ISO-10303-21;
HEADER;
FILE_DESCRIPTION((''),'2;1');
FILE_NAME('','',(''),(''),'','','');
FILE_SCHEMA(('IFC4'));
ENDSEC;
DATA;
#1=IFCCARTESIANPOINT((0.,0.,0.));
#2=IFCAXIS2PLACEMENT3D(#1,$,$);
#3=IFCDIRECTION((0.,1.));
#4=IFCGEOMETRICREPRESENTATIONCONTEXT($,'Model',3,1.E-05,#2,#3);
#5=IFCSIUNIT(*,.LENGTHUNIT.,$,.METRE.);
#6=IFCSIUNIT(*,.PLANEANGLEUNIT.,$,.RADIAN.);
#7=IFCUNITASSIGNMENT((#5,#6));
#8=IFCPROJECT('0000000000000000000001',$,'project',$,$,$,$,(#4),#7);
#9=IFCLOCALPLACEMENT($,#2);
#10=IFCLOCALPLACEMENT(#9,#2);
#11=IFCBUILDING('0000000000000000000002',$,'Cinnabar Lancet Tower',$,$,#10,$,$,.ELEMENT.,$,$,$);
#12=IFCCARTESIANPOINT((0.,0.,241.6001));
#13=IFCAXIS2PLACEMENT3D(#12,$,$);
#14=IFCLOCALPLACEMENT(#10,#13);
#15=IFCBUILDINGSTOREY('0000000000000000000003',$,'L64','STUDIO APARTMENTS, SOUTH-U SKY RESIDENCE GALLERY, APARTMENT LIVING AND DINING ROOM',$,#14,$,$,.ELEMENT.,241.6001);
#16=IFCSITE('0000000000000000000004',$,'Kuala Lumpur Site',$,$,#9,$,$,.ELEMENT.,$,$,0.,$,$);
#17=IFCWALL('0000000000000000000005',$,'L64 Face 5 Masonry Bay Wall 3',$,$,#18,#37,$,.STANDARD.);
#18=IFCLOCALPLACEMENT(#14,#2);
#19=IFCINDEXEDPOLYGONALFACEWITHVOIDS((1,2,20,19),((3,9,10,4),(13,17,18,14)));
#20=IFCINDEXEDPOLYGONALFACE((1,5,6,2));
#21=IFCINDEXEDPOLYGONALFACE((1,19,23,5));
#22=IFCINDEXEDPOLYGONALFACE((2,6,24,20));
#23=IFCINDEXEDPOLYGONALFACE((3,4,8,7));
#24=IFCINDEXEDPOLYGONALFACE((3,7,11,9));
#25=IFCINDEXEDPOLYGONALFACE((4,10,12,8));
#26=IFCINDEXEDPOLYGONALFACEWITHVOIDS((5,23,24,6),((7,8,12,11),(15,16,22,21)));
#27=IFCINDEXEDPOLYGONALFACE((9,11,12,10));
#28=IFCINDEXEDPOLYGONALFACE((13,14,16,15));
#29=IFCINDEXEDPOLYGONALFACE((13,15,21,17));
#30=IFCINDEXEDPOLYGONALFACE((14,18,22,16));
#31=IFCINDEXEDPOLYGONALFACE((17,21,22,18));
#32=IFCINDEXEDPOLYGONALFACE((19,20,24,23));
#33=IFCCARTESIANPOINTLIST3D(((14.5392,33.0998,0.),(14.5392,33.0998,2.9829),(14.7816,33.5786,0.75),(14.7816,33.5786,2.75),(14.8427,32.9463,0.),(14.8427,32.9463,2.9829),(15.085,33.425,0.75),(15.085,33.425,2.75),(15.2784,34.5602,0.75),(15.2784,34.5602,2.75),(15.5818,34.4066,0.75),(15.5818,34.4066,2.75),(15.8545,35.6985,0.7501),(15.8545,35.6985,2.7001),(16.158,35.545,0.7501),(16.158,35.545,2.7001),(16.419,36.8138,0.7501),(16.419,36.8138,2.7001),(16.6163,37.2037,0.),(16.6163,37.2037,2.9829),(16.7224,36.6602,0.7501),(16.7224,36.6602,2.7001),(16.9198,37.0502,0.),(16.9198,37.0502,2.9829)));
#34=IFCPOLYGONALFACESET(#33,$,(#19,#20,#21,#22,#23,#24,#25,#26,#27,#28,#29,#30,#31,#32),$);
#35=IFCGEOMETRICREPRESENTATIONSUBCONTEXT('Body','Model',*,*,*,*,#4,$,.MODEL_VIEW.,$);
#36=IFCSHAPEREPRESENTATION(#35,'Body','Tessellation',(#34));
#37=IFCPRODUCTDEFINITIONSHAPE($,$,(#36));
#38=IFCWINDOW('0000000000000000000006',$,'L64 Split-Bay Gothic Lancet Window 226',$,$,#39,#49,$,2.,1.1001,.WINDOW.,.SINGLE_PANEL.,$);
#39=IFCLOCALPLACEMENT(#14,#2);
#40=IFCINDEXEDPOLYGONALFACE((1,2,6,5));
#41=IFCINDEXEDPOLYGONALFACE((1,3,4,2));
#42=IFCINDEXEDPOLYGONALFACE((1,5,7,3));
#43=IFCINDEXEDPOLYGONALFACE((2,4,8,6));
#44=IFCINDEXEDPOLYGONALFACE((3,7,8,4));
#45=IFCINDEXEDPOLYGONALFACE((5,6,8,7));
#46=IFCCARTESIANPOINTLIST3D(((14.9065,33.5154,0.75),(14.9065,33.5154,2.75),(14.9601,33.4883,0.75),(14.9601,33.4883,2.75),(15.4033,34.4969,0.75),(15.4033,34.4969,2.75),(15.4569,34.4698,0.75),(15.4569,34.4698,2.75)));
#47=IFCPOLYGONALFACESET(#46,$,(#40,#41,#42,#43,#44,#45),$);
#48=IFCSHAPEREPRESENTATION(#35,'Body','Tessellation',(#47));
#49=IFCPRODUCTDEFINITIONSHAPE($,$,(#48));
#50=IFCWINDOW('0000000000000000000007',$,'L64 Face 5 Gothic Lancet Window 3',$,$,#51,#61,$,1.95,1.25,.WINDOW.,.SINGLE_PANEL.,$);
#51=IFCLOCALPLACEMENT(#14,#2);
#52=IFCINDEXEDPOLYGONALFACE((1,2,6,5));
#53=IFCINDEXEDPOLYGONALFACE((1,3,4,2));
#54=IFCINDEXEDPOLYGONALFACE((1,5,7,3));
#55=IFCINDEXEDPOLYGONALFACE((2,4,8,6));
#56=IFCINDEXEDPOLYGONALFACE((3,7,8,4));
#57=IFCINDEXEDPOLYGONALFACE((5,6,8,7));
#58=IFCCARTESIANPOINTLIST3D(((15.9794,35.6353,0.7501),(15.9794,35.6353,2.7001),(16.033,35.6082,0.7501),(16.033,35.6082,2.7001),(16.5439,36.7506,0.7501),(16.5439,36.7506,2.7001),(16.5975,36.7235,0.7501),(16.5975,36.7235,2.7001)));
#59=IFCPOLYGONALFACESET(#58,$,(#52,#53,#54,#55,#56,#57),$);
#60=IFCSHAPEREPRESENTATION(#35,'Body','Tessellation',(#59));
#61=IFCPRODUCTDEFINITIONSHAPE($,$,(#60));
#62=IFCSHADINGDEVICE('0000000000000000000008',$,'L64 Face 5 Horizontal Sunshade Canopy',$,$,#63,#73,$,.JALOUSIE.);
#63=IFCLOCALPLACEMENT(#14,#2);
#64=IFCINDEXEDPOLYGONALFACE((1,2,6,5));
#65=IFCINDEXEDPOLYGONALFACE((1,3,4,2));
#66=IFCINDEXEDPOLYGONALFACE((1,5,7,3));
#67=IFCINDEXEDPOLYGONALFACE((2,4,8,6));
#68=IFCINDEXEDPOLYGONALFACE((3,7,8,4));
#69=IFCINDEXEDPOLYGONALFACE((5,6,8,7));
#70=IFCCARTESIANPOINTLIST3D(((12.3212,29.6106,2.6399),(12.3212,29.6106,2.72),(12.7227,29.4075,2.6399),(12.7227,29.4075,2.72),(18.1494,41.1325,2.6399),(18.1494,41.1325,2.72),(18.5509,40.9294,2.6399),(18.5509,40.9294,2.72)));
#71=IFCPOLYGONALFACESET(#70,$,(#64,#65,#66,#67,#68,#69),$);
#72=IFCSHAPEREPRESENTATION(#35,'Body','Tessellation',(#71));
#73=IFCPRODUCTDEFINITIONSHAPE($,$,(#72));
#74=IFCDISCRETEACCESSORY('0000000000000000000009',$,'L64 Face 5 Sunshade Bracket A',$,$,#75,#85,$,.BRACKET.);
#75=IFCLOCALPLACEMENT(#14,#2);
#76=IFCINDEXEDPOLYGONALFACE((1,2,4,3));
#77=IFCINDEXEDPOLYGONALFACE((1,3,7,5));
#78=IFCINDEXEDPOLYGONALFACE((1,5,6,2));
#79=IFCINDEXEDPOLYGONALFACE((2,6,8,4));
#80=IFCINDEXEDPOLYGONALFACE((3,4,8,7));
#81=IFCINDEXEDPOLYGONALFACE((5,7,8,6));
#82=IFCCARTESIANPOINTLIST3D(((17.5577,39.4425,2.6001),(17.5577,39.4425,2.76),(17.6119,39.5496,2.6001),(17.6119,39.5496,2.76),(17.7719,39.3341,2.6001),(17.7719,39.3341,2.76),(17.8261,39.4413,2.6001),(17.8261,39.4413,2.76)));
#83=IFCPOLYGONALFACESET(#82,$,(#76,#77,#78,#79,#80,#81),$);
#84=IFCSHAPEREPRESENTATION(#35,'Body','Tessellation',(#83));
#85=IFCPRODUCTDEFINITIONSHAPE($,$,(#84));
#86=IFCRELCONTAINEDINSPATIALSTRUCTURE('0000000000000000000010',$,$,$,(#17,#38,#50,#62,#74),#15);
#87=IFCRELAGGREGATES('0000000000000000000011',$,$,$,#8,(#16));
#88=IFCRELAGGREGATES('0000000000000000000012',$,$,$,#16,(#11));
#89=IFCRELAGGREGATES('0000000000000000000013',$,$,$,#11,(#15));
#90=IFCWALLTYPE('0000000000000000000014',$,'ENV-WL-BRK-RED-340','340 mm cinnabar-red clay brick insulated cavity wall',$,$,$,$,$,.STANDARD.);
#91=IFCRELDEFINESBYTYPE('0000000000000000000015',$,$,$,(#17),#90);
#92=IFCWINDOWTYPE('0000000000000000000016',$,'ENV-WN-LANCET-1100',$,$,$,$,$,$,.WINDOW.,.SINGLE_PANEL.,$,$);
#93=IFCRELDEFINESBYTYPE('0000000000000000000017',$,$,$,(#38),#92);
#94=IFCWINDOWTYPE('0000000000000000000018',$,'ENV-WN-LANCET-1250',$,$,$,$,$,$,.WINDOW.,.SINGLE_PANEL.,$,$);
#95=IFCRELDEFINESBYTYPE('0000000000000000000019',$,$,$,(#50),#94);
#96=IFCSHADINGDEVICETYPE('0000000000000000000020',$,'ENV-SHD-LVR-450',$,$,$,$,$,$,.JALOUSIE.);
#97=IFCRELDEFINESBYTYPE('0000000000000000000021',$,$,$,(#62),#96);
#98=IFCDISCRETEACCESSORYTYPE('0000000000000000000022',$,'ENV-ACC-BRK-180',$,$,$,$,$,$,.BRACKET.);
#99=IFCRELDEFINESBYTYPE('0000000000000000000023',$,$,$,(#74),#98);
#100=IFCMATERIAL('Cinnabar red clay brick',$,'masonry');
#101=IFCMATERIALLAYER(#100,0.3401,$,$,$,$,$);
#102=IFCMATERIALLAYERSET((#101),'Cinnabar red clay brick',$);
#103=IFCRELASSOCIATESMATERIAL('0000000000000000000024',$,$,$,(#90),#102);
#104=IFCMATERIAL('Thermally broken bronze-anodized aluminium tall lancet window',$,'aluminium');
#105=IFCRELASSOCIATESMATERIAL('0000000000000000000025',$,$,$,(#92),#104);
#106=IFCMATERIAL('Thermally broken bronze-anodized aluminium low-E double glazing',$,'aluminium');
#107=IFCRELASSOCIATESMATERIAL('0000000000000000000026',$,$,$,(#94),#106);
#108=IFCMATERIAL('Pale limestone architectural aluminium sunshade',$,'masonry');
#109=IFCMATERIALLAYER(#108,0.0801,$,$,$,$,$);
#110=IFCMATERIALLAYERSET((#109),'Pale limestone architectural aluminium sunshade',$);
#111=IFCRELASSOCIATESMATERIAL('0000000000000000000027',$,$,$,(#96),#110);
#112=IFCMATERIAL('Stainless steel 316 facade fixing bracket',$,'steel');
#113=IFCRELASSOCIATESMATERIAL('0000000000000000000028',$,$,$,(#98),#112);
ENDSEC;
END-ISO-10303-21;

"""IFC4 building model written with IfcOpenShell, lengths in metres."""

from ifc_helpers import new_model, si_unit, direction, frame, frame_2d, origin, origin_2d, place, context, subcontext, project, spatial, rectangle, extrude, material, layer, layer_set, type_object, element, fill, save


model = new_model("IFC4")

# Units and contexts
model_context = context("Model", 3, precision=1e-05, world=origin(), true_north=direction((0.0, 1.0)))
body_context = subcontext(model_context, "Body", "Model", "MODEL_VIEW")
ifc_project = project(units=[si_unit("LENGTHUNIT", "METRE"), si_unit("PLANEANGLEUNIT", "RADIAN")], contexts=[model_context])

# Site, building, storey
site_placement = place(None, origin())
site = spatial("IfcSite", under=ifc_project, at=site_placement, Name="Kuala Lumpur Site", CompositionType="ELEMENT", RefElevation=0.0)
building_placement = place(site_placement, origin())
building = spatial("IfcBuilding", under=site, at=building_placement, Name="Cinnabar Lancet Tower", CompositionType="ELEMENT")
storey_placement = place(building_placement, frame((0.0, 0.0, 241.6001)))
storey = spatial("IfcBuildingStorey", under=building, at=storey_placement, Name="L64", Description="STUDIO APARTMENTS, SOUTH-U SKY RESIDENCE GALLERY, APARTMENT LIVING AND DINING ROOM", CompositionType="ELEMENT", Elevation=241.6001)

# Shared definitions
ifc_material_1 = material(Name="Cinnabar red clay brick", Category="masonry")
ifc_layer_1 = layer(ifc_material_1, 0.3401)
ifc_layer_set_1 = layer_set([ifc_layer_1], Name="Cinnabar red clay brick")
wall_type_1 = type_object("IfcWallType", Name="ENV-WL-BRK-RED-340", Description="340 mm cinnabar-red clay brick insulated cavity wall", PredefinedType="STANDARD", material=ifc_layer_set_1)

# Wall, openings, windows
wall_1_placement = place(storey_placement, frame((16.7681, 37.127, 0.0), z_axis=(0.0, 0.0, 1.0), x_axis=(-0.451582, -0.89223, 0.0)))
wall_1 = element("IfcWall", 1, at=wall_1_placement, inside=storey, type_object=wall_type_1, Name="L64 Face 5 Masonry Bay Wall 3", PredefinedType="STANDARD", context=body_context, shape_type="SweptSolid", body=[
    extrude(rectangle(XDim=4.5996, YDim=0.3401, at=frame_2d((2.2998, 0.0))), origin(), (0.0, 0.0, 1.0), 2.9829),
])
opening_1_placement = place(wall_1_placement, frame((0.437, 0.0, 0.75)))
opening_1 = element("IfcOpeningElement", 2, at=opening_1_placement, cuts=wall_1, PredefinedType="OPENING", context=body_context, shape_type="SweptSolid", body=[
    extrude(rectangle(XDim=1.25, YDim=1.95, at=frame_2d((0.625, 0.9751))), frame((0.0, 0.1799, 0.0), z_axis=(0.0, -1.0, 0.0), x_axis=(1.0, 0.0, 0.0)), (0.0, 0.0, 1.0), 0.3601),
])
opening_2_placement = place(wall_1_placement, frame((2.9629, 0.0, 0.75)))
opening_2 = element("IfcOpeningElement", 3, at=opening_2_placement, cuts=wall_1, PredefinedType="OPENING", context=body_context, shape_type="SweptSolid", body=[
    extrude(rectangle(XDim=1.1001, YDim=2.0, at=frame_2d((0.55, 1.0))), frame((0.0, 0.1799, 0.0), z_axis=(0.0, -1.0, 0.0), x_axis=(1.0, 0.0, 0.0)), (0.0, 0.0, 1.0), 0.3601),
])
ifc_material_2 = material(Name="Thermally broken bronze-anodized aluminium tall lancet window", Category="aluminium")
window_type_1 = type_object("IfcWindowType", Name="ENV-WN-LANCET-1100", PartitioningType="SINGLE_PANEL", PredefinedType="WINDOW", material=ifc_material_2)
window_1_placement = place(opening_2_placement, origin())
window_1 = element("IfcWindow", 4, at=window_1_placement, inside=storey, type_object=window_type_1, Name="L64 Split-Bay Gothic Lancet Window 226", OverallHeight=2.0, OverallWidth=1.1001, PartitioningType="SINGLE_PANEL", PredefinedType="WINDOW", context=body_context, shape_type="SweptSolid", body=[
    extrude(rectangle(XDim=1.1001, YDim=2.0, at=frame_2d((0.55, 1.0))), frame((0.0, 0.03, 0.0), z_axis=(0.0, -1.0, 0.0), x_axis=(1.0, 0.0, 0.0)), (0.0, 0.0, 1.0), 0.0601),
])
fill(opening_2, window_1)
ifc_material_3 = material(Name="Thermally broken bronze-anodized aluminium low-E double glazing", Category="aluminium")
window_type_2 = type_object("IfcWindowType", Name="ENV-WN-LANCET-1250", PartitioningType="SINGLE_PANEL", PredefinedType="WINDOW", material=ifc_material_3)
window_2_placement = place(opening_1_placement, origin())
window_2 = element("IfcWindow", 5, at=window_2_placement, inside=storey, type_object=window_type_2, Name="L64 Face 5 Gothic Lancet Window 3", OverallHeight=1.95, OverallWidth=1.25, PartitioningType="SINGLE_PANEL", PredefinedType="WINDOW", context=body_context, shape_type="SweptSolid", body=[
    extrude(rectangle(XDim=1.25, YDim=1.95, at=frame_2d((0.625, 0.9751))), frame((0.0, 0.03, 0.0), z_axis=(0.0, -1.0, 0.0), x_axis=(1.0, 0.0, 0.0)), (0.0, 0.0, 1.0), 0.0601),
])
fill(opening_1, window_2)

# Shading device
ifc_material_4 = material(Name="Pale limestone architectural aluminium sunshade", Category="masonry")
ifc_layer_2 = layer(ifc_material_4, 0.0801)
ifc_layer_set_2 = layer_set([ifc_layer_2], Name="Pale limestone architectural aluminium sunshade")
shading_device_type = type_object("IfcShadingDeviceType", Name="ENV-SHD-LVR-450", PredefinedType="JALOUSIE", material=ifc_layer_set_2)
shading_device_placement = place(storey_placement, frame((15.436, 35.27, 2.6399), z_axis=(0.0, 0.0, 1.0), x_axis=(-0.451376, -0.892334, 0.0)))
element("IfcShadingDevice", 6, at=shading_device_placement, inside=storey, type_object=shading_device_type, Name="L64 Face 5 Horizontal Sunshade Canopy", PredefinedType="JALOUSIE", context=body_context, shape_type="SweptSolid", body=[
    extrude(rectangle(XDim=12.9121, YDim=0.45, at=origin_2d()), origin(), (0.0, 0.0, 1.0), 0.0801),
])

# Discrete accessory
ifc_material_5 = material(Name="Stainless steel 316 facade fixing bracket", Category="steel")
discrete_accessory_type = type_object("IfcDiscreteAccessoryType", Name="ENV-ACC-BRK-180", PredefinedType="BRACKET", material=ifc_material_5)
discrete_accessory_placement = place(storey_placement, frame((17.6919, 39.4419, 2.6001), z_axis=(0.0, 0.0, 1.0), x_axis=(-0.451376, -0.892334, 0.0)))
element("IfcDiscreteAccessory", 7, at=discrete_accessory_placement, inside=storey, type_object=discrete_accessory_type, Name="L64 Face 5 Sunshade Bracket A", PredefinedType="BRACKET", context=body_context, shape_type="SweptSolid", body=[
    extrude(rectangle(XDim=0.1201, YDim=0.24, at=origin_2d()), origin(), (0.0, 0.0, 1.0), 0.1599),
])

save(model, "model.ifc")
